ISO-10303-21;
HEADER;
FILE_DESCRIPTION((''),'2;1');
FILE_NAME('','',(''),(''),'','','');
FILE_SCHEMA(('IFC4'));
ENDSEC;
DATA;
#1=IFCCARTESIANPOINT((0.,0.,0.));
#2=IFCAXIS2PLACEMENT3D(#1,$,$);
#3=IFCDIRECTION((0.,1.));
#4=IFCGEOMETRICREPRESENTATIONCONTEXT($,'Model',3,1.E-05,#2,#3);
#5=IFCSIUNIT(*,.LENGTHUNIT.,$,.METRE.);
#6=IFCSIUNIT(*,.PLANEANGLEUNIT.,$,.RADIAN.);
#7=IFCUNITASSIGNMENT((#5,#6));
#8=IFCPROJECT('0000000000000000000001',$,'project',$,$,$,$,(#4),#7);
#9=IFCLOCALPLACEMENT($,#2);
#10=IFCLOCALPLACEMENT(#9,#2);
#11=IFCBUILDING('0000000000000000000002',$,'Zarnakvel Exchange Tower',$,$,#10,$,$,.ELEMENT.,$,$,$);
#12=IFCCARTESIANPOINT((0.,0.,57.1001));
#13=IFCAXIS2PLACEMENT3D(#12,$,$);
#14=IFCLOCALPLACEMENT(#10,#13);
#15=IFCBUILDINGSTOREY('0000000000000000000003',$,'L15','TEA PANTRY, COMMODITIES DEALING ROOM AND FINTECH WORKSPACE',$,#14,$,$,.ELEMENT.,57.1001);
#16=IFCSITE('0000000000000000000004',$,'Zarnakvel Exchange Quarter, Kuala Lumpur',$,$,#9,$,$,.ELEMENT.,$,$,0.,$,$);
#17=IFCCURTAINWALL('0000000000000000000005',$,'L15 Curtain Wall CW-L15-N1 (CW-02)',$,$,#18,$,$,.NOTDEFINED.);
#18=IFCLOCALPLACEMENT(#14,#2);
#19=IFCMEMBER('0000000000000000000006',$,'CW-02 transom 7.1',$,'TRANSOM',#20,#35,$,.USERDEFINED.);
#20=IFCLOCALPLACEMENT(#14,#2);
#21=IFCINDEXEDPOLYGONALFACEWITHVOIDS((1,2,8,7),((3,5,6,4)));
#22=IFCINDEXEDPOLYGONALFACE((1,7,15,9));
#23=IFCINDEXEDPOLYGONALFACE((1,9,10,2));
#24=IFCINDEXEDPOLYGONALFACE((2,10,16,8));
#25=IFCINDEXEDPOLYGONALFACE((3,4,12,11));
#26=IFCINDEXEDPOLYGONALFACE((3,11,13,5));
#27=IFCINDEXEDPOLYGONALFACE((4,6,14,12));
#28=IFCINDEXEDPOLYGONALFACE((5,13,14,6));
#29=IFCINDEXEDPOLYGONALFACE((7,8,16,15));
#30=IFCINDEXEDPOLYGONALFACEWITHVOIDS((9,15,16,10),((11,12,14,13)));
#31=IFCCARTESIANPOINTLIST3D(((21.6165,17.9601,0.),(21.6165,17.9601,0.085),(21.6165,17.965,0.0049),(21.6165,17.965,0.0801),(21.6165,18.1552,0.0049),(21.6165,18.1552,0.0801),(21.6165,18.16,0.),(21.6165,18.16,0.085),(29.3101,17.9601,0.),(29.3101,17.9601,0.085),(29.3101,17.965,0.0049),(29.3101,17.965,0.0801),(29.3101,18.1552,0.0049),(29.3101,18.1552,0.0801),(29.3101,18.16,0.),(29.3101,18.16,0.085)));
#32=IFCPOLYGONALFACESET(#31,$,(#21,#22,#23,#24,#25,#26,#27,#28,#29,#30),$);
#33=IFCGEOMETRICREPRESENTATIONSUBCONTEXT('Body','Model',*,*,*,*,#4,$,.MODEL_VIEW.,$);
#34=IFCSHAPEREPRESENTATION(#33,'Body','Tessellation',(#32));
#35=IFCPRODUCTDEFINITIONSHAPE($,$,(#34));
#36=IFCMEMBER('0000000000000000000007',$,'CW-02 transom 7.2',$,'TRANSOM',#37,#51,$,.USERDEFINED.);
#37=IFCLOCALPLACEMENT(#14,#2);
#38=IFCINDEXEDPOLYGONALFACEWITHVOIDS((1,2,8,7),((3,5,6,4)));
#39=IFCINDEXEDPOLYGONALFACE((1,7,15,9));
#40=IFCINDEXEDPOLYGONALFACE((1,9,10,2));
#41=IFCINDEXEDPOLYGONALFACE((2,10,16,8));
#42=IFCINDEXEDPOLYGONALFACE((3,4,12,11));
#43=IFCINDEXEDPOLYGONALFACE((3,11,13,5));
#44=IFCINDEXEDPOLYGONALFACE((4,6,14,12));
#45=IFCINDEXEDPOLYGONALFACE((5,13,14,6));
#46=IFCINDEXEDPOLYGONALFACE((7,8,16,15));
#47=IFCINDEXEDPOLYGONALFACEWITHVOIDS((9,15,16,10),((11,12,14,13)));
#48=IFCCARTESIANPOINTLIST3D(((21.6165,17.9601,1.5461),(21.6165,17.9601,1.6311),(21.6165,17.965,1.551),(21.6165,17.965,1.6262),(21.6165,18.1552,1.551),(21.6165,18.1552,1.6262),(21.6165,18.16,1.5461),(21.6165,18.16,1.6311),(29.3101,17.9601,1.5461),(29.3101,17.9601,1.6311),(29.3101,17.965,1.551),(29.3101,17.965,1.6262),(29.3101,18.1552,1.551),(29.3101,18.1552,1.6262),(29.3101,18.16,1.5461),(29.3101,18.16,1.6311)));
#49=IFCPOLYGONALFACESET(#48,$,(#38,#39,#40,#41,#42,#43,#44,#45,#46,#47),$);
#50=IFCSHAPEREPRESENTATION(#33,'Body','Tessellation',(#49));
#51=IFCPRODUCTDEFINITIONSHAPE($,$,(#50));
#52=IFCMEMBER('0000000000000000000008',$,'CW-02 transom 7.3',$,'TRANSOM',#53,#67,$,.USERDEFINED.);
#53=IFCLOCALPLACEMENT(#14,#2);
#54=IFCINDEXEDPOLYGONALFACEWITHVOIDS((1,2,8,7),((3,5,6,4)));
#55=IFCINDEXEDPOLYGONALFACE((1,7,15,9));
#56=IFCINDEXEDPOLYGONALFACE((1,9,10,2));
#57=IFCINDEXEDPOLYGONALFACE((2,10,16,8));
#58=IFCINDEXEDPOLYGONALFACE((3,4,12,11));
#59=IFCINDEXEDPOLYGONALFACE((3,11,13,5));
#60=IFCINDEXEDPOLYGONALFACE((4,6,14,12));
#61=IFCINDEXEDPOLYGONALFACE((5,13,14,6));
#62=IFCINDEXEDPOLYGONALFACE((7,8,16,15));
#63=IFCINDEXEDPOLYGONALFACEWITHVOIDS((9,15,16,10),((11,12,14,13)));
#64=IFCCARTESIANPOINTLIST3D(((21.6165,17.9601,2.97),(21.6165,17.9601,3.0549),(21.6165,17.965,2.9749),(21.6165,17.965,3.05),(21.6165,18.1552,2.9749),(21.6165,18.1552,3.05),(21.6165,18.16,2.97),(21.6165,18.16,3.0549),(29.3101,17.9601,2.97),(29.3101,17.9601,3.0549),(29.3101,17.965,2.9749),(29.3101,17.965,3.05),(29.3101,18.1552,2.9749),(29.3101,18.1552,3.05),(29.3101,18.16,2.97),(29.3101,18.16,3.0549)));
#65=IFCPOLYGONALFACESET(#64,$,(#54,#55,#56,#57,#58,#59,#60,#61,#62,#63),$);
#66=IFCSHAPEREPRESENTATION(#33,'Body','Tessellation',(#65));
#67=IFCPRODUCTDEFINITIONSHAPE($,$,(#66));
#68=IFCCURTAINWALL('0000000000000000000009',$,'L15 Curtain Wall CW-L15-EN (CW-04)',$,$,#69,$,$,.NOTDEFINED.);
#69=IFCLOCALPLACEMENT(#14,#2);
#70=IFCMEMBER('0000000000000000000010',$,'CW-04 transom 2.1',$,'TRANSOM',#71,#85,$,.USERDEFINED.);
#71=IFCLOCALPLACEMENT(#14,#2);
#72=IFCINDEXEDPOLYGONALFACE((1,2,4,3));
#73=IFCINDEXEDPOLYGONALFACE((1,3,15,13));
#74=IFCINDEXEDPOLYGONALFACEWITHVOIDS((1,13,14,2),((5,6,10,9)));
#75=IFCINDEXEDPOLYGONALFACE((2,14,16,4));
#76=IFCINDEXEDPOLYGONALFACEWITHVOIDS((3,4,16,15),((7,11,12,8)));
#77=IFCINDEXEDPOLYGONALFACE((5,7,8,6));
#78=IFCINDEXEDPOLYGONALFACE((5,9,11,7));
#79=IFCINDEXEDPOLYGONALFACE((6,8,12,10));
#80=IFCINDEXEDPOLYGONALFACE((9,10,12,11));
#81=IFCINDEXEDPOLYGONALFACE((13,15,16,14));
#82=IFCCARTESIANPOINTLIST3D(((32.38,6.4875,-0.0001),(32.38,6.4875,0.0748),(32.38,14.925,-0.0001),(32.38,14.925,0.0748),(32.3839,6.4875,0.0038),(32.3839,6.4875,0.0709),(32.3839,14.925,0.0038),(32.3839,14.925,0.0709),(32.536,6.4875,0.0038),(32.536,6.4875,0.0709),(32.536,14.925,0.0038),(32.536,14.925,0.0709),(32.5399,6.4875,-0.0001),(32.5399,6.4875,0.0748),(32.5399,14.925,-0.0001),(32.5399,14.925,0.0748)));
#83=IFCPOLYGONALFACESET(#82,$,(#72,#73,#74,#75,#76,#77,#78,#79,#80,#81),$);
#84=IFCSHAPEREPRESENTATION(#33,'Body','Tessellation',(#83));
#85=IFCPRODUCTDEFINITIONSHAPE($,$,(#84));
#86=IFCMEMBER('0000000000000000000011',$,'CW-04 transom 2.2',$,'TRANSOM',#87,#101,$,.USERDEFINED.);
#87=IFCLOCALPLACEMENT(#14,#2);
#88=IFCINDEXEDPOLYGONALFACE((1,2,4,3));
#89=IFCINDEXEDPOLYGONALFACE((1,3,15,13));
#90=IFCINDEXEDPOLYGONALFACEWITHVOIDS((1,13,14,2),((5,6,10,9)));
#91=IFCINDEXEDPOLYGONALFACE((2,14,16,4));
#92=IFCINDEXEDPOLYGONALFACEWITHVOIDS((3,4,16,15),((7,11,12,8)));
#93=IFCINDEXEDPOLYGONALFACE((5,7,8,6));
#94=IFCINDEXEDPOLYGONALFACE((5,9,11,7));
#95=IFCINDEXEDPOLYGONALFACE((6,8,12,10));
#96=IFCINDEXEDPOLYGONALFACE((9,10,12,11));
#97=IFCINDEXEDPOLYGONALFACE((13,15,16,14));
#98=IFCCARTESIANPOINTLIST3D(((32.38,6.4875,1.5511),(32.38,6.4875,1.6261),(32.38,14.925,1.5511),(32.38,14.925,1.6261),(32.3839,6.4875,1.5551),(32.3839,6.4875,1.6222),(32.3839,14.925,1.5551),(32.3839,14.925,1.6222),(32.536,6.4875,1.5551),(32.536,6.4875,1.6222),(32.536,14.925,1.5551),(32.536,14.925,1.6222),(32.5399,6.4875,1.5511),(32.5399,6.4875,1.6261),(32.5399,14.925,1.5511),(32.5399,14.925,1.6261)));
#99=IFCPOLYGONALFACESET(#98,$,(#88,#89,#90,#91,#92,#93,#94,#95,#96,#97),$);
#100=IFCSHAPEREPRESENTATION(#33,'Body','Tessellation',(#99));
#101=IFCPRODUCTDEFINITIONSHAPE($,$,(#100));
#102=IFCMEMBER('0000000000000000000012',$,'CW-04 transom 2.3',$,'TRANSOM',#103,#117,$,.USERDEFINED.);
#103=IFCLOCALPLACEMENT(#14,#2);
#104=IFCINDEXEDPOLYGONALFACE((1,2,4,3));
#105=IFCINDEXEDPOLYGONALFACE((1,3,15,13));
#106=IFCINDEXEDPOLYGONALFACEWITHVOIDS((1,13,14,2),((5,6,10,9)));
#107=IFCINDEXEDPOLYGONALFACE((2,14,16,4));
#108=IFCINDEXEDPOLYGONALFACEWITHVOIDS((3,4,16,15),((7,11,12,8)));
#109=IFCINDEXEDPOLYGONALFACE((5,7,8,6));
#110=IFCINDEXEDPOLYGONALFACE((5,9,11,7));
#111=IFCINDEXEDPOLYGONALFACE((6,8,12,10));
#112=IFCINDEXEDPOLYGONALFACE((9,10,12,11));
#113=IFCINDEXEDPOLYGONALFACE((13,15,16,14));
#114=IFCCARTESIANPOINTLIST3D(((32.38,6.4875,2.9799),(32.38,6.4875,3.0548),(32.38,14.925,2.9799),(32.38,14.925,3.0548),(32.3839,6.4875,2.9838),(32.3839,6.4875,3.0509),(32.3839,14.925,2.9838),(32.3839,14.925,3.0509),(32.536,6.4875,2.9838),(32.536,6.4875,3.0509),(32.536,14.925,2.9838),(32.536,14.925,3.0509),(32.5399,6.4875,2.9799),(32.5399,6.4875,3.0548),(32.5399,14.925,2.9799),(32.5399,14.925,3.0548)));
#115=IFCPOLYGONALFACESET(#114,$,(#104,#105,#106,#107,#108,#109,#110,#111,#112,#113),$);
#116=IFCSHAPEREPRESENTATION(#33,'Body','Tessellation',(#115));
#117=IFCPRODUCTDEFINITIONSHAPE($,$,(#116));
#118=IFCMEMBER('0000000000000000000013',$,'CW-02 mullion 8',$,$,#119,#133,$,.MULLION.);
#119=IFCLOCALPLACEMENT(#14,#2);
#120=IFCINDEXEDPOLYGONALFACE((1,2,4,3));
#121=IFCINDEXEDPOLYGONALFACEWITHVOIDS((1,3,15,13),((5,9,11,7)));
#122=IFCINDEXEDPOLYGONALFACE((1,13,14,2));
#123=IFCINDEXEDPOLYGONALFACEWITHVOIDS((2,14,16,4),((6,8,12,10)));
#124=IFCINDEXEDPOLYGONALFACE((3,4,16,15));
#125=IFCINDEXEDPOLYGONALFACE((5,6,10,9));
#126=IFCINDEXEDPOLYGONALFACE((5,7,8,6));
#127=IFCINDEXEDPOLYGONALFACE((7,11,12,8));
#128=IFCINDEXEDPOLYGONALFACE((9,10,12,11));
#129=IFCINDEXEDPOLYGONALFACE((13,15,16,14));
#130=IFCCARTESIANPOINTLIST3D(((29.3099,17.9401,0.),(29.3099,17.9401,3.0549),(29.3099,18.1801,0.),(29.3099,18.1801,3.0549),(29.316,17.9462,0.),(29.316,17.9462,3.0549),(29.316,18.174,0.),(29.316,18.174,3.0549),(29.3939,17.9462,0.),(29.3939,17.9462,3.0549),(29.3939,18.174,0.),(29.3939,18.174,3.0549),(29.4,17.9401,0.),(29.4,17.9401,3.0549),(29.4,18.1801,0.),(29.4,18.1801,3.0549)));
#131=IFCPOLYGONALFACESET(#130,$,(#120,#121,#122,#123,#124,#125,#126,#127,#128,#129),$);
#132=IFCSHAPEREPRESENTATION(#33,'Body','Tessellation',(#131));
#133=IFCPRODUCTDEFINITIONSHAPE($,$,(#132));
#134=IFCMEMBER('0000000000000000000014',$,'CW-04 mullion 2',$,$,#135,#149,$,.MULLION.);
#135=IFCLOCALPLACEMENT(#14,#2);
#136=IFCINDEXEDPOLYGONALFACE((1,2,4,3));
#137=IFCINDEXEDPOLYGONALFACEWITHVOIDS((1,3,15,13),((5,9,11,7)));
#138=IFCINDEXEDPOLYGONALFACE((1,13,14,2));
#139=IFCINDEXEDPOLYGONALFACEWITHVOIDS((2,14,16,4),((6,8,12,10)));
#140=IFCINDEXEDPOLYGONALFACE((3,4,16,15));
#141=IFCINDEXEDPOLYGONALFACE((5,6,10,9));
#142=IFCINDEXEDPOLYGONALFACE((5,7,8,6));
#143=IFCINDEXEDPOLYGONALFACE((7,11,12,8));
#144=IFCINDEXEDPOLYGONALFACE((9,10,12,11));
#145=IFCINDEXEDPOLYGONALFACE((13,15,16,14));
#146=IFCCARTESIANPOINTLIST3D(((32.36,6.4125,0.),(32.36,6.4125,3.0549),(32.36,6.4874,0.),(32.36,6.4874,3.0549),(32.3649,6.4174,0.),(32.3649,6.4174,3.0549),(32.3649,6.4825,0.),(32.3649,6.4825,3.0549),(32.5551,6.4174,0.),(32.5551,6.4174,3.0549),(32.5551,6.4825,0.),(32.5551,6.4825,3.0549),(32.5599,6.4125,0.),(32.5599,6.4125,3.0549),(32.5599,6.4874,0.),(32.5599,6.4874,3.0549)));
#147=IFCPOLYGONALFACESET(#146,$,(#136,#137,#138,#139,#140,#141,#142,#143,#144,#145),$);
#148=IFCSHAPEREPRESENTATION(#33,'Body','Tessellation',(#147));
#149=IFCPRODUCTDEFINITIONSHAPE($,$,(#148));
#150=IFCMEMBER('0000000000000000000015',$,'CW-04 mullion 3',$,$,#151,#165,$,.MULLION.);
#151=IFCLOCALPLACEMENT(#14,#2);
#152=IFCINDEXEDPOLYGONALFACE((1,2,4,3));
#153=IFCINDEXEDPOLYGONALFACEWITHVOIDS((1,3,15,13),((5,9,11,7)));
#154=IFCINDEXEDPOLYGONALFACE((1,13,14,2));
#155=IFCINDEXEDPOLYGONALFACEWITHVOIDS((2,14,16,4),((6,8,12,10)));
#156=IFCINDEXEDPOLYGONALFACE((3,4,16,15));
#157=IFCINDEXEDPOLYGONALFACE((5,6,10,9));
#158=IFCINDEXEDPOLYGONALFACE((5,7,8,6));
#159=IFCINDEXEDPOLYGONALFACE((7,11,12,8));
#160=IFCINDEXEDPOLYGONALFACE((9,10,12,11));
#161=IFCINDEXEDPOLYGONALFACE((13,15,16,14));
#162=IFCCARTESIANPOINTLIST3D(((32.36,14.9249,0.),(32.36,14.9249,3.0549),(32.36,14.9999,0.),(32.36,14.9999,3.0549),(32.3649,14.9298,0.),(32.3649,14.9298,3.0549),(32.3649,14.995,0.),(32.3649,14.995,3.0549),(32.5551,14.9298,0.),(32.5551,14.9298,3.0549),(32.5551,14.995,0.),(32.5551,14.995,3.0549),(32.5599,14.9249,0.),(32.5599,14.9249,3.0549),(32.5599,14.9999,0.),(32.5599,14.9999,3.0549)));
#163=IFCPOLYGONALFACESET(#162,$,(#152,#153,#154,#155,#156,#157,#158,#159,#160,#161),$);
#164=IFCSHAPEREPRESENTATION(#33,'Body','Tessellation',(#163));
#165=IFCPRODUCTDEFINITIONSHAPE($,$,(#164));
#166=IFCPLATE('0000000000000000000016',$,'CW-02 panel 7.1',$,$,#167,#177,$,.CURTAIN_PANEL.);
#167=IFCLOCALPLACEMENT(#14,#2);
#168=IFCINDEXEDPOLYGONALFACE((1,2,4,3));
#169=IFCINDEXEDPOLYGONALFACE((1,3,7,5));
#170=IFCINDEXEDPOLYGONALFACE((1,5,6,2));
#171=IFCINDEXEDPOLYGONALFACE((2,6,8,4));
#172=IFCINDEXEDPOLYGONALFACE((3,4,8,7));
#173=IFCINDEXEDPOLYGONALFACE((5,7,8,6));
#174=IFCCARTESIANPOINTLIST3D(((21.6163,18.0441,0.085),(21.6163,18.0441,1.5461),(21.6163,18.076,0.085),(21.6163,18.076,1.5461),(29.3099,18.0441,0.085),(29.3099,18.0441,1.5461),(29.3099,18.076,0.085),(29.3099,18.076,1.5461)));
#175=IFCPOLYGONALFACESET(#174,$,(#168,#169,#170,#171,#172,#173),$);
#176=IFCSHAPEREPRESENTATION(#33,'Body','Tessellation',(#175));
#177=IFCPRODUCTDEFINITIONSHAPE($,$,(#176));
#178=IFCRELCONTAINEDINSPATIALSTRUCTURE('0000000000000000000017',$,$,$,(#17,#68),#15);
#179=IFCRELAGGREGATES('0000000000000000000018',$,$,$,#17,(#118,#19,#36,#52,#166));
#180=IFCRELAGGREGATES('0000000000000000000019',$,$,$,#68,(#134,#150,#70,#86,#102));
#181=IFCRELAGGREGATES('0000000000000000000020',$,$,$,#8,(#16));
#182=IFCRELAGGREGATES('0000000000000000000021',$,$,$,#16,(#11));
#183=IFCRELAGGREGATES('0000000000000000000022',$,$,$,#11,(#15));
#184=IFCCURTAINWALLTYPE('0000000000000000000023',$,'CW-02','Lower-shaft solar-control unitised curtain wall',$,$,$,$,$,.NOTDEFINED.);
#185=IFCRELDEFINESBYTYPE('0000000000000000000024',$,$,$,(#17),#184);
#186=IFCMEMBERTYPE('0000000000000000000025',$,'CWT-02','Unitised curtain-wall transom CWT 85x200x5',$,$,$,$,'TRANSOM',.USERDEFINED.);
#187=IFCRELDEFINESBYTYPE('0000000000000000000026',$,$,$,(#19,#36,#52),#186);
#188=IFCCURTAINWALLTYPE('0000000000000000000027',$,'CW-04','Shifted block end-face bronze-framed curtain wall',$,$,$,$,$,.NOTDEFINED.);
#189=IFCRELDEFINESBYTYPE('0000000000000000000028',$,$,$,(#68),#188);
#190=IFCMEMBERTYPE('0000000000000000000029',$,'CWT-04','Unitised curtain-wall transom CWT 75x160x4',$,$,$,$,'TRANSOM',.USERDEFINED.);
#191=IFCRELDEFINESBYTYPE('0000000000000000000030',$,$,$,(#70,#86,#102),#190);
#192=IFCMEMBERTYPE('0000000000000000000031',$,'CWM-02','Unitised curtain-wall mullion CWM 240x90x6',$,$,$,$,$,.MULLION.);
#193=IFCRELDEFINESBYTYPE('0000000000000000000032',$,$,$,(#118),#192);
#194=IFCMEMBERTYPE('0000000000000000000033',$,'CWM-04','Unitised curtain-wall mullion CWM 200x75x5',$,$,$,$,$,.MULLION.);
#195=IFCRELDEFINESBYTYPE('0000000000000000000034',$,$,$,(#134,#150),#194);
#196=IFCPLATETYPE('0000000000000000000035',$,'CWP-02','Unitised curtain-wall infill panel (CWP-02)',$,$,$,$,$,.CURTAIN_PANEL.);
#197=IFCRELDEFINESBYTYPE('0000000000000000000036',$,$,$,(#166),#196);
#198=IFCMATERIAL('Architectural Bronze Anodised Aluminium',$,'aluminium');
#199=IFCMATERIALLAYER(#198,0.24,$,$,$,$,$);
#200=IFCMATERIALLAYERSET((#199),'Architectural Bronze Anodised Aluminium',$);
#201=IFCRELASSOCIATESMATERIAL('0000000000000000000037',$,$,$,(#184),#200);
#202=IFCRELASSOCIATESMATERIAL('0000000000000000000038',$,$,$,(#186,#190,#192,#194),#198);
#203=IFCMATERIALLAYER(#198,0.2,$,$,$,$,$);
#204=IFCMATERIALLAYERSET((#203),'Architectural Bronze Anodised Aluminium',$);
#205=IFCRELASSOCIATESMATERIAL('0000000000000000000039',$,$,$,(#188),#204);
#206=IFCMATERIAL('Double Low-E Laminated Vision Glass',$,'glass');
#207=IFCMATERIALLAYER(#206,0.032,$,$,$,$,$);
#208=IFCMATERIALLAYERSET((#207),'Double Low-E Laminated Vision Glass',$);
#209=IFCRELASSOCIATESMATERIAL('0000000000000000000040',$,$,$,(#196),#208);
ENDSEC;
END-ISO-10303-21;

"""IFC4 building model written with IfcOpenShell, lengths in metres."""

from ifc_helpers import new_model, si_unit, direction, frame, origin, origin_2d, place, context, subcontext, project, spatial, rectangle, hollow_rectangle, extrude, source, transform, mapped, material, layer, layer_set, material_profile, profile_set, type_object, element, aggregate, save


model = new_model("IFC4")

# Units and contexts
model_context = context("Model", 3, precision=1e-05, world=origin(), true_north=direction((0.0, 1.0)))
body_context = subcontext(model_context, "Body", "Model", "MODEL_VIEW")
ifc_project = project(units=[si_unit("LENGTHUNIT", "METRE"), si_unit("PLANEANGLEUNIT", "RADIAN")], contexts=[model_context])

# Site, building, storey
site_placement = place(None, origin())
site = spatial("IfcSite", under=ifc_project, at=site_placement, Name="Zarnakvel Exchange Quarter, Kuala Lumpur", CompositionType="ELEMENT", RefElevation=0.0)
building_placement = place(site_placement, origin())
building = spatial("IfcBuilding", under=site, at=building_placement, Name="Zarnakvel Exchange Tower", CompositionType="ELEMENT")
storey_placement = place(building_placement, frame((0.0, 0.0, 57.1001)))
storey = spatial("IfcBuildingStorey", under=building, at=storey_placement, Name="L15", Description="TEA PANTRY, COMMODITIES DEALING ROOM AND FINTECH WORKSPACE", CompositionType="ELEMENT", Elevation=57.1001)

# Curtain walls, members
ifc_material_1 = material(Name="Architectural Bronze Anodised Aluminium", Category="aluminium")
ifc_layer_1 = layer(ifc_material_1, 0.24)
ifc_layer_set_1 = layer_set([ifc_layer_1], Name="Architectural Bronze Anodised Aluminium")
curtain_wall_type_1 = type_object("IfcCurtainWallType", Name="CW-02", Description="Lower-shaft solar-control unitised curtain wall", PredefinedType="NOTDEFINED", material=ifc_layer_set_1)
curtain_wall_1_placement = place(storey_placement, origin())
curtain_wall_1 = element("IfcCurtainWall", 1, at=curtain_wall_1_placement, inside=storey, type_object=curtain_wall_type_1, Name="L15 Curtain Wall CW-L15-N1 (CW-02)", PredefinedType="NOTDEFINED")
ifc_material_profile_1 = material_profile(ifc_material_1, hollow_rectangle(XDim=0.2, YDim=0.085, WallThickness=0.0049, at=origin_2d()))
ifc_profile_set_1 = profile_set([ifc_material_profile_1], Name="Architectural Bronze Anodised Aluminium")
member_type_1 = type_object("IfcMemberType", Name="CWT-02", Description="Unitised curtain-wall transom CWT 85x200x5", ElementType="TRANSOM", PredefinedType="USERDEFINED", material=ifc_profile_set_1)
shared_shape_1 = source(origin(), body_context, "Body", "SweptSolid", [
    extrude(hollow_rectangle(XDim=0.2, YDim=0.085, WallThickness=0.0049, at=origin_2d()), origin(), (0.0, 0.0, 1.0), 7.6936),
])
member_1_placement = place(storey_placement, frame((21.6165, 18.0601, 0.0425), z_axis=(1.0, 0.0, 0.0), x_axis=(0.0, 1.0, 0.0)))
member_1 = element("IfcMember", 2, at=member_1_placement, type_object=member_type_1, Name="CW-02 transom 7.1", ObjectType="TRANSOM", PredefinedType="USERDEFINED", context=body_context, shape_type="MappedRepresentation", body=[
    mapped(shared_shape_1, transform((0.0, 0.0, 0.0), x_axis=(1.0, 0.0, 0.0), y_axis=(0.0, 1.0, 0.0), z_axis=(0.0, 0.0, 1.0), scale=1.0)),
])
member_2_placement = place(storey_placement, frame((21.6165, 18.0601, 1.5886), z_axis=(1.0, 0.0, 0.0), x_axis=(0.0, 1.0, 0.0)))
member_2 = element("IfcMember", 3, at=member_2_placement, type_object=member_type_1, Name="CW-02 transom 7.2", ObjectType="TRANSOM", PredefinedType="USERDEFINED", context=body_context, shape_type="MappedRepresentation", body=[
    mapped(shared_shape_1, transform((0.0, 0.0, 0.0), x_axis=(1.0, 0.0, 0.0), y_axis=(0.0, 1.0, 0.0), z_axis=(0.0, 0.0, 1.0), scale=1.0)),
])
member_3_placement = place(storey_placement, frame((21.6165, 18.0601, 3.0125), z_axis=(1.0, 0.0, 0.0), x_axis=(0.0, 1.0, 0.0)))
member_3 = element("IfcMember", 4, at=member_3_placement, type_object=member_type_1, Name="CW-02 transom 7.3", ObjectType="TRANSOM", PredefinedType="USERDEFINED", context=body_context, shape_type="MappedRepresentation", body=[
    mapped(shared_shape_1, transform((0.0, 0.0, 0.0), x_axis=(1.0, 0.0, 0.0), y_axis=(0.0, 1.0, 0.0), z_axis=(0.0, 0.0, 1.0), scale=1.0)),
])
ifc_layer_2 = layer(ifc_material_1, 0.2)
ifc_layer_set_2 = layer_set([ifc_layer_2], Name="Architectural Bronze Anodised Aluminium")
curtain_wall_type_2 = type_object("IfcCurtainWallType", Name="CW-04", Description="Shifted block end-face bronze-framed curtain wall", PredefinedType="NOTDEFINED", material=ifc_layer_set_2)
curtain_wall_2_placement = place(storey_placement, origin())
curtain_wall_2 = element("IfcCurtainWall", 5, at=curtain_wall_2_placement, inside=storey, type_object=curtain_wall_type_2, Name="L15 Curtain Wall CW-L15-EN (CW-04)", PredefinedType="NOTDEFINED")
ifc_material_profile_2 = material_profile(ifc_material_1, hollow_rectangle(XDim=0.1599, YDim=0.075, WallThickness=0.0039, at=origin_2d()))
ifc_profile_set_2 = profile_set([ifc_material_profile_2], Name="Architectural Bronze Anodised Aluminium")
member_type_2 = type_object("IfcMemberType", Name="CWT-04", Description="Unitised curtain-wall transom CWT 75x160x4", ElementType="TRANSOM", PredefinedType="USERDEFINED", material=ifc_profile_set_2)
shared_shape_2 = source(origin(), body_context, "Body", "SweptSolid", [
    extrude(hollow_rectangle(XDim=0.1599, YDim=0.075, WallThickness=0.0039, at=origin_2d()), origin(), (0.0, 0.0, 1.0), 8.4375),
])
member_4_placement = place(storey_placement, frame((32.46, 6.4875, 0.0374), z_axis=(0.0, 1.0, 0.0), x_axis=(-1.0, 0.0, 0.0)))
member_4 = element("IfcMember", 6, at=member_4_placement, type_object=member_type_2, Name="CW-04 transom 2.1", ObjectType="TRANSOM", PredefinedType="USERDEFINED", context=body_context, shape_type="MappedRepresentation", body=[
    mapped(shared_shape_2, transform((0.0, 0.0, 0.0), x_axis=(1.0, 0.0, 0.0), y_axis=(0.0, 1.0, 0.0), z_axis=(0.0, 0.0, 1.0), scale=1.0)),
])
member_5_placement = place(storey_placement, frame((32.46, 6.4875, 1.5886), z_axis=(0.0, 1.0, 0.0), x_axis=(-1.0, 0.0, 0.0)))
member_5 = element("IfcMember", 7, at=member_5_placement, type_object=member_type_2, Name="CW-04 transom 2.2", ObjectType="TRANSOM", PredefinedType="USERDEFINED", context=body_context, shape_type="MappedRepresentation", body=[
    mapped(shared_shape_2, transform((0.0, 0.0, 0.0), x_axis=(1.0, 0.0, 0.0), y_axis=(0.0, 1.0, 0.0), z_axis=(0.0, 0.0, 1.0), scale=1.0)),
])
member_6_placement = place(storey_placement, frame((32.46, 6.4875, 3.0173), z_axis=(0.0, 1.0, 0.0), x_axis=(-1.0, 0.0, 0.0)))
member_6 = element("IfcMember", 8, at=member_6_placement, type_object=member_type_2, Name="CW-04 transom 2.3", ObjectType="TRANSOM", PredefinedType="USERDEFINED", context=body_context, shape_type="MappedRepresentation", body=[
    mapped(shared_shape_2, transform((0.0, 0.0, 0.0), x_axis=(1.0, 0.0, 0.0), y_axis=(0.0, 1.0, 0.0), z_axis=(0.0, 0.0, 1.0), scale=1.0)),
])

# Members
ifc_material_profile_3 = material_profile(ifc_material_1, hollow_rectangle(XDim=0.24, YDim=0.0901, WallThickness=0.0061, at=origin_2d()))
ifc_profile_set_3 = profile_set([ifc_material_profile_3], Name="Architectural Bronze Anodised Aluminium")
member_type_3 = type_object("IfcMemberType", Name="CWM-02", Description="Unitised curtain-wall mullion CWM 240x90x6", PredefinedType="MULLION", material=ifc_profile_set_3)
shared_shape_3 = source(origin(), body_context, "Body", "SweptSolid", [
    extrude(hollow_rectangle(XDim=0.24, YDim=0.0901, WallThickness=0.0061, at=origin_2d()), origin(), (0.0, 0.0, 1.0), 3.0549),
])
member_7_placement = place(storey_placement, frame((29.355, 18.0601, 0.0), z_axis=(0.0, 0.0, 1.0), x_axis=(0.0, 1.0, 0.0)))
member_7 = element("IfcMember", 9, at=member_7_placement, type_object=member_type_3, Name="CW-02 mullion 8", PredefinedType="MULLION", context=body_context, shape_type="MappedRepresentation", body=[
    mapped(shared_shape_3, transform((0.0, 0.0, 0.0), x_axis=(1.0, 0.0, 0.0), y_axis=(0.0, 1.0, 0.0), z_axis=(0.0, 0.0, 1.0), scale=1.0)),
])
ifc_material_profile_4 = material_profile(ifc_material_1, hollow_rectangle(XDim=0.2, YDim=0.075, WallThickness=0.0049, at=origin_2d()))
ifc_profile_set_4 = profile_set([ifc_material_profile_4], Name="Architectural Bronze Anodised Aluminium")
member_type_4 = type_object("IfcMemberType", Name="CWM-04", Description="Unitised curtain-wall mullion CWM 200x75x5", PredefinedType="MULLION", material=ifc_profile_set_4)
shared_shape_4 = source(origin(), body_context, "Body", "SweptSolid", [
    extrude(hollow_rectangle(XDim=0.2, YDim=0.075, WallThickness=0.0049, at=origin_2d()), origin(), (0.0, 0.0, 1.0), 3.0549),
])
member_8_placement = place(storey_placement, frame((32.46, 6.45, 0.0), z_axis=(0.0, 0.0, 1.0), x_axis=(-1.0, 0.0, 0.0)))
member_8 = element("IfcMember", 10, at=member_8_placement, type_object=member_type_4, Name="CW-04 mullion 2", PredefinedType="MULLION", context=body_context, shape_type="MappedRepresentation", body=[
    mapped(shared_shape_4, transform((0.0, 0.0, 0.0), x_axis=(1.0, 0.0, 0.0), y_axis=(0.0, 1.0, 0.0), z_axis=(0.0, 0.0, 1.0), scale=1.0)),
])
member_9_placement = place(storey_placement, frame((32.46, 14.9624, 0.0), z_axis=(0.0, 0.0, 1.0), x_axis=(-1.0, 0.0, 0.0)))
member_9 = element("IfcMember", 11, at=member_9_placement, type_object=member_type_4, Name="CW-04 mullion 3", PredefinedType="MULLION", context=body_context, shape_type="MappedRepresentation", body=[
    mapped(shared_shape_4, transform((0.0, 0.0, 0.0), x_axis=(1.0, 0.0, 0.0), y_axis=(0.0, 1.0, 0.0), z_axis=(0.0, 0.0, 1.0), scale=1.0)),
])

# Plate
ifc_material_2 = material(Name="Double Low-E Laminated Vision Glass", Category="glass")
ifc_layer_3 = layer(ifc_material_2, 0.032)
ifc_layer_set_3 = layer_set([ifc_layer_3], Name="Double Low-E Laminated Vision Glass")
plate_type_1 = type_object("IfcPlateType", Name="CWP-02", Description="Unitised curtain-wall infill panel (CWP-02)", PredefinedType="CURTAIN_PANEL", material=ifc_layer_set_3)
shared_shape_5 = source(origin(), body_context, "Body", "SweptSolid", [
    extrude(rectangle(XDim=7.6936, YDim=0.032, at=origin_2d()), origin(), (0.0, 0.0, 1.0), 1.4612),
])
plate_1_placement = place(storey_placement, frame((25.4631, 18.0601, 0.085), z_axis=(0.0, 0.0, 1.0), x_axis=(1.0, 0.0, 0.0)))
plate_1 = element("IfcPlate", 12, at=plate_1_placement, type_object=plate_type_1, Name="CW-02 panel 7.1", PredefinedType="CURTAIN_PANEL", context=body_context, shape_type="MappedRepresentation", body=[
    mapped(shared_shape_5, transform((0.0, 0.0, 0.0), x_axis=(1.0, 0.0, 0.0), y_axis=(0.0, 1.0, 0.0), z_axis=(0.0, 0.0, 1.0), scale=1.0)),
])
aggregate(curtain_wall_1, [member_7, member_1, member_2, member_3, plate_1])
aggregate(curtain_wall_2, [member_8, member_9, member_4, member_5, member_6])

save(model, "model.ifc")
